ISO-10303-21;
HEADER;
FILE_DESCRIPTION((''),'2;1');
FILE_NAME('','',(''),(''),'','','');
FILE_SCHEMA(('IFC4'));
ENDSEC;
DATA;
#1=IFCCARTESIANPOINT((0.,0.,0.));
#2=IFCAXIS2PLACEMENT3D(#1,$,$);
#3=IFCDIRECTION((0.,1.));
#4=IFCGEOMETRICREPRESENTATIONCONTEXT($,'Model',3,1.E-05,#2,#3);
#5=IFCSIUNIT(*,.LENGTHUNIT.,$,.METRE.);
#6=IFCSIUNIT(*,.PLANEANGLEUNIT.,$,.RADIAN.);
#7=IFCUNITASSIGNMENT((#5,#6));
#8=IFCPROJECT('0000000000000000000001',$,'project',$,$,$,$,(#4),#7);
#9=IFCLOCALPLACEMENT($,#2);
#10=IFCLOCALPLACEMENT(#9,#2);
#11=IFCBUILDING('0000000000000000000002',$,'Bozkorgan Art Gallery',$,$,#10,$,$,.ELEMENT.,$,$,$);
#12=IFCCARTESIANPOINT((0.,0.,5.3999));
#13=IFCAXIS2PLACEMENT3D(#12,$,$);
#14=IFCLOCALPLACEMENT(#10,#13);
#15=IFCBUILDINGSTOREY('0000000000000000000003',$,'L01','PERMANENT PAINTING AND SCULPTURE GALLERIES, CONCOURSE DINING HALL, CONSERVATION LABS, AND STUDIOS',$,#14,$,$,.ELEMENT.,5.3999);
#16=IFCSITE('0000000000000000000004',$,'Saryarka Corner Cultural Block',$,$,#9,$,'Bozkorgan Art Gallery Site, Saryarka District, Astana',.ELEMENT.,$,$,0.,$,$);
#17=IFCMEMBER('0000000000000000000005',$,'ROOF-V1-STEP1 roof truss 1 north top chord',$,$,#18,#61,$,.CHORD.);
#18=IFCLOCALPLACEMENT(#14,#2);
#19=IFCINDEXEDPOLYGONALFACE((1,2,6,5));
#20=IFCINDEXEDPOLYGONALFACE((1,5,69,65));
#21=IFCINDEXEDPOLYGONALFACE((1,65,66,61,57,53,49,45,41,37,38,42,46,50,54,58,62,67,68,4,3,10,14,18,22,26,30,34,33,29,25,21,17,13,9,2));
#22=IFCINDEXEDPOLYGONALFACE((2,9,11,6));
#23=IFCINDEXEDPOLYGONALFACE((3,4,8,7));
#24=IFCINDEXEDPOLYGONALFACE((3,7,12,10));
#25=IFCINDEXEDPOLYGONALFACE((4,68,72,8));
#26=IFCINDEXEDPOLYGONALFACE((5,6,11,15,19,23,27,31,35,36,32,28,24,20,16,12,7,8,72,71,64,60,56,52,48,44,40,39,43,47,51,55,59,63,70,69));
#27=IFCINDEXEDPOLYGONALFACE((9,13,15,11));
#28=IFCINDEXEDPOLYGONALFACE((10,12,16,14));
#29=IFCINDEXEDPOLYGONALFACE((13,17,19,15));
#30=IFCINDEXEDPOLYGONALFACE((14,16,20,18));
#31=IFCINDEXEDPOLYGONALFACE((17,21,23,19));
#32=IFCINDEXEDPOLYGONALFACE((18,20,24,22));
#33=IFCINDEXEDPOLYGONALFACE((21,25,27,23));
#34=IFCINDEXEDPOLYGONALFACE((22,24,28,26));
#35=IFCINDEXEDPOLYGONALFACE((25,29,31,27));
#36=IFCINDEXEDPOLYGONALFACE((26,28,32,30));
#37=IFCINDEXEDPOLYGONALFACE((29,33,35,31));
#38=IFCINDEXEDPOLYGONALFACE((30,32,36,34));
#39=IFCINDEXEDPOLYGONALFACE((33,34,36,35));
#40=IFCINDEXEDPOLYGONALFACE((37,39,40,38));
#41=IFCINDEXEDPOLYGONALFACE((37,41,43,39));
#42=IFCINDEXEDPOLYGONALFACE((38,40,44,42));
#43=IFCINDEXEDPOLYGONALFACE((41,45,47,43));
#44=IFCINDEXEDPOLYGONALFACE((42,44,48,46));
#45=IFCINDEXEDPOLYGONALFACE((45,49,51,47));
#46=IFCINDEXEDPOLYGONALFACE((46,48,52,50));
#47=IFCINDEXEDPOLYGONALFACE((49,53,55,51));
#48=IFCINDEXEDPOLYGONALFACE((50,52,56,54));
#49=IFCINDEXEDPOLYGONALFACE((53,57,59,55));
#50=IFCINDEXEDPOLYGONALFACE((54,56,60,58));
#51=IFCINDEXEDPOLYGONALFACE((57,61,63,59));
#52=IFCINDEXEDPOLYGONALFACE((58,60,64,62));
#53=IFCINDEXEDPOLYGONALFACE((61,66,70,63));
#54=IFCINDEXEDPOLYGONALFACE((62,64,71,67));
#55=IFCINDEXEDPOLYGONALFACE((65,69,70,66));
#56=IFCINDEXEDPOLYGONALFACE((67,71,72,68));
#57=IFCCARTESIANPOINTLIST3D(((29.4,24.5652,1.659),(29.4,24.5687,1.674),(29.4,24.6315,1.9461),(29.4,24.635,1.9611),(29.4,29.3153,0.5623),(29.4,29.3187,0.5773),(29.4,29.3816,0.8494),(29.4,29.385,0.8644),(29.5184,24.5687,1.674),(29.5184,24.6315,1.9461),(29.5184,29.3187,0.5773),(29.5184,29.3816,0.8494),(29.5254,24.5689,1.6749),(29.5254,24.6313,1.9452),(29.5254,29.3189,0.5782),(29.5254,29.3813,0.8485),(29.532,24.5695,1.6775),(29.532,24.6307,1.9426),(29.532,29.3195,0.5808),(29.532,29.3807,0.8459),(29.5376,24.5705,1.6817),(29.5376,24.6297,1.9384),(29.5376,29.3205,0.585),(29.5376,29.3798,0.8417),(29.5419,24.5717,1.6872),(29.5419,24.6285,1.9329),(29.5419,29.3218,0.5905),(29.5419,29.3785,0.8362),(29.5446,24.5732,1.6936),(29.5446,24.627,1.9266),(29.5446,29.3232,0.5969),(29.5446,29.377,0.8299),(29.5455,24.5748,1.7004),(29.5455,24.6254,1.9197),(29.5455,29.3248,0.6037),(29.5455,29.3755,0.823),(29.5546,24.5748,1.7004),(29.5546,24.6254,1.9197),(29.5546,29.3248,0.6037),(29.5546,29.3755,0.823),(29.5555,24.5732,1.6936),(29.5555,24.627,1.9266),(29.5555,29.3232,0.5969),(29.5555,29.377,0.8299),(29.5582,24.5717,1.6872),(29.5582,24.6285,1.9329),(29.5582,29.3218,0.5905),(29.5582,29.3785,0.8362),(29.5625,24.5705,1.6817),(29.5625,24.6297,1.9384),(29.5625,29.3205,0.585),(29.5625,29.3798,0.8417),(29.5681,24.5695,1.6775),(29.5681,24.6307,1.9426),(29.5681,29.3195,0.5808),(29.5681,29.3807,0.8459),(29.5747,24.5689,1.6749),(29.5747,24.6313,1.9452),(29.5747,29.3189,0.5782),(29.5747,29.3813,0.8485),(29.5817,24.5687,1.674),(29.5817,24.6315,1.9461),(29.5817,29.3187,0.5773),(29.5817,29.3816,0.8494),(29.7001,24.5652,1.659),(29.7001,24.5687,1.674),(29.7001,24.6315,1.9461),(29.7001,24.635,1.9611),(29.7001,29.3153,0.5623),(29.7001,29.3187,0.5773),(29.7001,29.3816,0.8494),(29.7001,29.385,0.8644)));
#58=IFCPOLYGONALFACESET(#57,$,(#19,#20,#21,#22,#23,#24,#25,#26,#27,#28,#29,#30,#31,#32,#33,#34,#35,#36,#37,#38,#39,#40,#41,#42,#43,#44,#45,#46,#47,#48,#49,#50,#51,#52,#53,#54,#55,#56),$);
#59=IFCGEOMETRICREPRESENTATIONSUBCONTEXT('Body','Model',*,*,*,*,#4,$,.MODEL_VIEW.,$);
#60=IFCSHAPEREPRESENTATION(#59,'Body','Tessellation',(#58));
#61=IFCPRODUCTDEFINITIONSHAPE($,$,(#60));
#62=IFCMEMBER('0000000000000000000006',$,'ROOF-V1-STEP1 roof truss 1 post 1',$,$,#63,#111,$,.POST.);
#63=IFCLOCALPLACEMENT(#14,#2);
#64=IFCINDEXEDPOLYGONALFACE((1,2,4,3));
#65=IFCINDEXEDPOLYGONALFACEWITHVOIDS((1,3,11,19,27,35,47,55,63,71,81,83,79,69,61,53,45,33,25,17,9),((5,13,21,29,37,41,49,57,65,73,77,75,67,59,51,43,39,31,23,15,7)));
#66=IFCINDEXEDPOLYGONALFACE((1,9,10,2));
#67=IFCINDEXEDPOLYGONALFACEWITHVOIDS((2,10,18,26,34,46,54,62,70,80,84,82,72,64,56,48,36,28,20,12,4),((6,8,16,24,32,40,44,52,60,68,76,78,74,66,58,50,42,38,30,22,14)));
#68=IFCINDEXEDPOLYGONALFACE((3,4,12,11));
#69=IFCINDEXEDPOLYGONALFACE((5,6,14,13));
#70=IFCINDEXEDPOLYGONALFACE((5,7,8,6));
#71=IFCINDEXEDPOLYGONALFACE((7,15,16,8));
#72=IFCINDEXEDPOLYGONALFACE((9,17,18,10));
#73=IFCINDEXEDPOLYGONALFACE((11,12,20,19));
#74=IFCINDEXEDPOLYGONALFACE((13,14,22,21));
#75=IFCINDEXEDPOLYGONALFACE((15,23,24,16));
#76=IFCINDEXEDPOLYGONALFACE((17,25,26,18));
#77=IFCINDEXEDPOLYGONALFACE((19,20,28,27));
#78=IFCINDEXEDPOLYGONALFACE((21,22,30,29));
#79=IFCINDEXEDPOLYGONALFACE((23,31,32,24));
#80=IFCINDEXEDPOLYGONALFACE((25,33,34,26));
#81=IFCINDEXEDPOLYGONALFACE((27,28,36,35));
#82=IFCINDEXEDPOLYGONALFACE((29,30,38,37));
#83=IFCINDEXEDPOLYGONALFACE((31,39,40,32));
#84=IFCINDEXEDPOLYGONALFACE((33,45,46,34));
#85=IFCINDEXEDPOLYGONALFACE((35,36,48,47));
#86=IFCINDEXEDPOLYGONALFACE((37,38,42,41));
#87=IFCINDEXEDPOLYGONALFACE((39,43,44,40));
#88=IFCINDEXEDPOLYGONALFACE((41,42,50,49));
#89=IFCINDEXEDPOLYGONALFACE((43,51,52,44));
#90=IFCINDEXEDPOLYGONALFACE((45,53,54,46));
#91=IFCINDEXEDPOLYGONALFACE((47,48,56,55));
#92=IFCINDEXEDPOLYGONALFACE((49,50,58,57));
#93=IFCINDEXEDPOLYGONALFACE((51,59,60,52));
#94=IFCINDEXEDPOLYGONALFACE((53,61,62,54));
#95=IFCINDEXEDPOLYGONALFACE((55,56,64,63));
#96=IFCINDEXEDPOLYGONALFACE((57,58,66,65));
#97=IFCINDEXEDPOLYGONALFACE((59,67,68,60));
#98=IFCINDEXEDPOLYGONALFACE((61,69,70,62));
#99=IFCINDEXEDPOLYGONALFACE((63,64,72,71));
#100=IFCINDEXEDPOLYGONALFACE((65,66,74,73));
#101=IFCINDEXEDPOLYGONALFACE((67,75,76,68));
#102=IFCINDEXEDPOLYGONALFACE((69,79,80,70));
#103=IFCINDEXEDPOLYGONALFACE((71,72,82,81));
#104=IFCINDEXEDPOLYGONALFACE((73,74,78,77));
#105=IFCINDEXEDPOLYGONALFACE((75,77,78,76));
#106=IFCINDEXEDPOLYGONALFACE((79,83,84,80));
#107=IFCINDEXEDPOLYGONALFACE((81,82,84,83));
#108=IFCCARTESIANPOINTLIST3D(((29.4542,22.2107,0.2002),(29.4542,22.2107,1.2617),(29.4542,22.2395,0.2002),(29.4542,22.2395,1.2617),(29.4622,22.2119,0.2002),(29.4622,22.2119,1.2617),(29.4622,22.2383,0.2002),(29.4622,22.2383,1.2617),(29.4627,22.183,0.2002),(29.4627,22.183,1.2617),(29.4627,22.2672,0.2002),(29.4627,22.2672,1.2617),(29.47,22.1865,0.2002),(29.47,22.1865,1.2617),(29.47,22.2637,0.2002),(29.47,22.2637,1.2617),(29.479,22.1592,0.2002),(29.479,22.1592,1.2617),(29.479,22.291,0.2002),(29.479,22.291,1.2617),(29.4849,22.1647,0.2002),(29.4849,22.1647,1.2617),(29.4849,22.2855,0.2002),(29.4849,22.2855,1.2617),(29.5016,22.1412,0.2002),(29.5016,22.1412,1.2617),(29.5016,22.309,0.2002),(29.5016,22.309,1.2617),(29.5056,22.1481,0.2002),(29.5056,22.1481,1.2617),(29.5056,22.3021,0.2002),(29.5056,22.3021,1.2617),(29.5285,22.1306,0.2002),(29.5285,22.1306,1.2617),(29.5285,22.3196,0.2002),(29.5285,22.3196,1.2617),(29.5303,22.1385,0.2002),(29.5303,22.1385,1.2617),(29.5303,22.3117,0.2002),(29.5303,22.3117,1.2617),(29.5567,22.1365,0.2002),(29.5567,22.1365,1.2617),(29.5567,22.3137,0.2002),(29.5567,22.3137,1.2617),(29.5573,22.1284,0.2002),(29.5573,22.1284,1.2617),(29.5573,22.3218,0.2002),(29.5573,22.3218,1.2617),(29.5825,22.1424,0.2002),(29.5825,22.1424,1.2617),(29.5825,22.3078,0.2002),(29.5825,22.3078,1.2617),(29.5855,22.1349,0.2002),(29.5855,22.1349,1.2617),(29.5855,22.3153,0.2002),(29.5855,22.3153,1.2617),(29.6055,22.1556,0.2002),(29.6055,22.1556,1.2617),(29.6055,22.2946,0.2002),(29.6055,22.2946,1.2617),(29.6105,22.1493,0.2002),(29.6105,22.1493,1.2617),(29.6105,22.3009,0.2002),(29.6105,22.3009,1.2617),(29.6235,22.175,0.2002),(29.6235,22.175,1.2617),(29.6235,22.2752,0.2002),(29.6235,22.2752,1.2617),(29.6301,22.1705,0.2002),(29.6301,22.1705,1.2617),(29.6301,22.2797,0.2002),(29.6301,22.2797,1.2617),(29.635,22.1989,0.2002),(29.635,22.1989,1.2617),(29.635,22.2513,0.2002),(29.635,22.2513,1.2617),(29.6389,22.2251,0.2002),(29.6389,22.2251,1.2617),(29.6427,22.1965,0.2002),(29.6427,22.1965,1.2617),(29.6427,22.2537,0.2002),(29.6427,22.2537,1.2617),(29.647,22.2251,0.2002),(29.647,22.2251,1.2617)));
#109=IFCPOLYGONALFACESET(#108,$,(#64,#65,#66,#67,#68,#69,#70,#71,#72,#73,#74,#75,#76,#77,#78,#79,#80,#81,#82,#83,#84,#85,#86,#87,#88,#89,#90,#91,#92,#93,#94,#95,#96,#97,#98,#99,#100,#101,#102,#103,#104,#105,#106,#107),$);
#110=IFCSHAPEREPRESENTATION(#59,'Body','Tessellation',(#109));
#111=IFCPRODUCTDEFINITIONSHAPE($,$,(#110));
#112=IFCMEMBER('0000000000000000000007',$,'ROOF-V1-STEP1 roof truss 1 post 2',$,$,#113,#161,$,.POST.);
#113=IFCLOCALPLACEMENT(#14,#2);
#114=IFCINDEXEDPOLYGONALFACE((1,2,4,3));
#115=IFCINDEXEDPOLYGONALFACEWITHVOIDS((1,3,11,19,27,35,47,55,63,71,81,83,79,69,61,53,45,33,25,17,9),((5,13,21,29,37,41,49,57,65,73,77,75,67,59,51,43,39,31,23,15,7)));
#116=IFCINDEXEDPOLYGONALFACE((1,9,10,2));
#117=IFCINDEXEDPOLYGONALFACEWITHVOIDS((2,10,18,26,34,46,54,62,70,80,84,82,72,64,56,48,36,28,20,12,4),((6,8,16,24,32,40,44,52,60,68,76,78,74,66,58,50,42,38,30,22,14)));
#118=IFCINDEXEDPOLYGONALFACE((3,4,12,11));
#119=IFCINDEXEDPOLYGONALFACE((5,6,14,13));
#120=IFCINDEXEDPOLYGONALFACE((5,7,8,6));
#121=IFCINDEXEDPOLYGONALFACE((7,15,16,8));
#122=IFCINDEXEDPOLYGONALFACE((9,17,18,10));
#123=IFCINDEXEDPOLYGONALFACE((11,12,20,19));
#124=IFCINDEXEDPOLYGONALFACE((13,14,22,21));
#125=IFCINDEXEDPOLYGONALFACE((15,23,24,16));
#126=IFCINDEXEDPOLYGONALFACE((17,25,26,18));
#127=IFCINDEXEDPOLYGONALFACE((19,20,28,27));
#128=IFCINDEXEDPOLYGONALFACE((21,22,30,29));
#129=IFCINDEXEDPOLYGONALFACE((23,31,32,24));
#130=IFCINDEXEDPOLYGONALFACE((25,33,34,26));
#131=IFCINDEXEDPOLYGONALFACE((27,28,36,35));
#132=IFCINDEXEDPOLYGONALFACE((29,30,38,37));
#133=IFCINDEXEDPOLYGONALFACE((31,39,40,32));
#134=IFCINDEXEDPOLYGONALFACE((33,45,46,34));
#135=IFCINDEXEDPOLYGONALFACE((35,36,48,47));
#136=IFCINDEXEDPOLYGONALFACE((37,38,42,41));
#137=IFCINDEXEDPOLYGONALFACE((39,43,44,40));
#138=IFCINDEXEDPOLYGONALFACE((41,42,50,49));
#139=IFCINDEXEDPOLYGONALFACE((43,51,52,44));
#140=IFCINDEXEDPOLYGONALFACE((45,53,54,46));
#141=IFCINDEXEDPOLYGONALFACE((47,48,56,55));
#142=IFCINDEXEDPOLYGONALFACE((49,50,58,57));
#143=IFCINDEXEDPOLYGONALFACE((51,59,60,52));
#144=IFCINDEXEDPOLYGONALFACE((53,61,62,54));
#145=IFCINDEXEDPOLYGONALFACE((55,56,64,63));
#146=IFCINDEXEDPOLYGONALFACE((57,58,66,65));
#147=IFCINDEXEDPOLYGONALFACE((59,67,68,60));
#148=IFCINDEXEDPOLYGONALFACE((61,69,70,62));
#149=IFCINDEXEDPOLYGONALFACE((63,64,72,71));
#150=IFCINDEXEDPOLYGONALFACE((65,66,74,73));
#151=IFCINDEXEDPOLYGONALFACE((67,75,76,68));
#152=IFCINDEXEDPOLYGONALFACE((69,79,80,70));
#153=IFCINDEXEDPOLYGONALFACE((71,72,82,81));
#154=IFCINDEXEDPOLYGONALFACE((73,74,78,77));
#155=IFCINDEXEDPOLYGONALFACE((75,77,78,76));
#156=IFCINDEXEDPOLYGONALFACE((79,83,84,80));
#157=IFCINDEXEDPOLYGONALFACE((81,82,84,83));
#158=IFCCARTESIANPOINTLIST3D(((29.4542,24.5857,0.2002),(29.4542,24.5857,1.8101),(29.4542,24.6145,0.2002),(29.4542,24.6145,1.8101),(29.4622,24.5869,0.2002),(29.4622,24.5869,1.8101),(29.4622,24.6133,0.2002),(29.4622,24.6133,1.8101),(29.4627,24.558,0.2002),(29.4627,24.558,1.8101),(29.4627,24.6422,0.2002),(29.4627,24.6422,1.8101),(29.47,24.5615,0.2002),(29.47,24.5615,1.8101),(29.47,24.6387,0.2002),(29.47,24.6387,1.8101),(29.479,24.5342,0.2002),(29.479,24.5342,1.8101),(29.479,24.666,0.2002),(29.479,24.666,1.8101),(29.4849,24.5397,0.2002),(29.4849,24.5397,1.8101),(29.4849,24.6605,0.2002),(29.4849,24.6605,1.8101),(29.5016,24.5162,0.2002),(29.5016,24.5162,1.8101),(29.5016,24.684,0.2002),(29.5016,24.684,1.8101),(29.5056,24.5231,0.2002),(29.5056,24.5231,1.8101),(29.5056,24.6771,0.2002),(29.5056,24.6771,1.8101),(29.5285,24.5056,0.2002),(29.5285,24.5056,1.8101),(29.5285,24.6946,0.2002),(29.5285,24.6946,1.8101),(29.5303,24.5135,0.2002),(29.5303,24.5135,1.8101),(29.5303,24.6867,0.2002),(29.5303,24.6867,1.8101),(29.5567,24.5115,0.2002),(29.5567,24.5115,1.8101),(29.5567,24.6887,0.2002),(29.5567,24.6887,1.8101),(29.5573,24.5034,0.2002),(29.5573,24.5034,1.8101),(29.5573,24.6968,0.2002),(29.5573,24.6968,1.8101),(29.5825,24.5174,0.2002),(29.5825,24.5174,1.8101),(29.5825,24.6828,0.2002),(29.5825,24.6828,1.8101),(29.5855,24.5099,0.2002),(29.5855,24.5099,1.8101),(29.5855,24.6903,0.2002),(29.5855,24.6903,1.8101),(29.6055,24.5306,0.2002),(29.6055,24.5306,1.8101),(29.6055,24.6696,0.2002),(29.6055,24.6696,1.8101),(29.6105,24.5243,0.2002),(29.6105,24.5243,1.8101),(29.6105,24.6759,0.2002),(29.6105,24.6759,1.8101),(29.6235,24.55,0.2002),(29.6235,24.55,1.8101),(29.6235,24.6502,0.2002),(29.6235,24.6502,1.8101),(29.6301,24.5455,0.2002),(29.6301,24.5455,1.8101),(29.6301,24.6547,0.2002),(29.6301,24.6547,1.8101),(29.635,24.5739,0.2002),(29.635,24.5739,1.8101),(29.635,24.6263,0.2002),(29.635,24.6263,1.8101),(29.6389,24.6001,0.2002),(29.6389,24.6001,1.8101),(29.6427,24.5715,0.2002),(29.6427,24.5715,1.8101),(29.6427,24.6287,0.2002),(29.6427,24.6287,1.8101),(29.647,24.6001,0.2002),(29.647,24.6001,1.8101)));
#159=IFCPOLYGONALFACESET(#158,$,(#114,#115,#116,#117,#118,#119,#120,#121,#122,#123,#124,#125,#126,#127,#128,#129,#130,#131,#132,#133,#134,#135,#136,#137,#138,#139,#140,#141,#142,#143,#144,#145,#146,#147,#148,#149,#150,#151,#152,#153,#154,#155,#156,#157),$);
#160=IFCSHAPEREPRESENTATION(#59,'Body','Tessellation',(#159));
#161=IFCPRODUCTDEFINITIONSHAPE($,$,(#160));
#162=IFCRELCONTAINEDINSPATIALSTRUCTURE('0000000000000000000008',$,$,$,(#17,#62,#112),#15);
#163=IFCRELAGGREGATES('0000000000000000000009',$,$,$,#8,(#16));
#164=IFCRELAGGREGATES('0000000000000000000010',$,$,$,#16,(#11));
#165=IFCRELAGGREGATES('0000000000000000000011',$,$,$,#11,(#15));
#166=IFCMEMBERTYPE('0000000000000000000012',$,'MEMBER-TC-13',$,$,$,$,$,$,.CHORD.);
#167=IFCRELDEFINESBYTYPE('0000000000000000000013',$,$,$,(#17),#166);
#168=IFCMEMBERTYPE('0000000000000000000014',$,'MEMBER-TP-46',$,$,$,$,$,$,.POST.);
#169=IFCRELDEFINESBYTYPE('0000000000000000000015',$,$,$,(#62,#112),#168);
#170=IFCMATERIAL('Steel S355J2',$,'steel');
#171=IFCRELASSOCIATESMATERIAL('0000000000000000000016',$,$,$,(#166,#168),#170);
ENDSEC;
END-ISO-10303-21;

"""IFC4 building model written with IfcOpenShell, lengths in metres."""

from ifc_helpers import new_model, si_unit, direction, frame, origin, origin_2d, place, context, subcontext, project, spatial, hollow_circle, i_section, extrude, material, material_profile, profile_set, type_object, element, save


model = new_model("IFC4")

# Units and contexts
model_context = context("Model", 3, precision=1e-05, world=origin(), true_north=direction((0.0, 1.0)))
body_context = subcontext(model_context, "Body", "Model", "MODEL_VIEW")
ifc_project = project(units=[si_unit("LENGTHUNIT", "METRE"), si_unit("PLANEANGLEUNIT", "RADIAN")], contexts=[model_context])

# Site, building, storey
site_placement = place(None, origin())
site = spatial("IfcSite", under=ifc_project, at=site_placement, Name="Saryarka Corner Cultural Block", LongName="Bozkorgan Art Gallery Site, Saryarka District, Astana", CompositionType="ELEMENT", RefElevation=0.0)
building_placement = place(site_placement, origin())
building = spatial("IfcBuilding", under=site, at=building_placement, Name="Bozkorgan Art Gallery", CompositionType="ELEMENT")
storey_placement = place(building_placement, frame((0.0, 0.0, 5.3999)))
storey = spatial("IfcBuildingStorey", under=building, at=storey_placement, Name="L01", Description="PERMANENT PAINTING AND SCULPTURE GALLERIES, CONCOURSE DINING HALL, CONSERVATION LABS, AND STUDIOS", CompositionType="ELEMENT", Elevation=5.3999)

# Members
ifc_material_1 = material(Name="Steel S355J2", Category="steel")
ifc_material_profile_1 = material_profile(ifc_material_1, i_section(OverallWidth=0.3, OverallDepth=0.3101, WebThickness=0.009, FlangeThickness=0.0154, FilletRadius=0.0271, at=origin_2d()), Name="HEA 320")
ifc_profile_set_1 = profile_set([ifc_material_profile_1], Name="Steel S355J2")
member_type_1 = type_object("IfcMemberType", Name="MEMBER-TC-13", PredefinedType="CHORD", material=ifc_profile_set_1)
member_1_placement = place(storey_placement, frame((29.55, 24.6001, 1.8101), z_axis=(0.0, 0.974368, -0.224962), x_axis=(-1.0, 0.0, 0.0)))
element("IfcMember", 1, at=member_1_placement, inside=storey, type_object=member_type_1, Name="ROOF-V1-STEP1 roof truss 1 north top chord", PredefinedType="CHORD", context=body_context, shape_type="SweptSolid", body=[
    extrude(i_section(OverallWidth=0.3, OverallDepth=0.3101, WebThickness=0.009, FlangeThickness=0.0154, FilletRadius=0.0271, at=origin_2d()), origin(), (0.0, 0.0, 1.0), 4.875),
])
ifc_material_profile_2 = material_profile(ifc_material_1, hollow_circle(Radius=0.0969, WallThickness=0.0081, at=origin_2d()), Name="CHS 193.7x8")
ifc_profile_set_2 = profile_set([ifc_material_profile_2], Name="Steel S355J2")
member_type_2 = type_object("IfcMemberType", Name="MEMBER-TP-46", PredefinedType="POST", material=ifc_profile_set_2)
member_2_placement = place(storey_placement, frame((29.55, 22.2251, 0.2002), z_axis=(0.0, 0.0, 1.0), x_axis=(1.0, 0.0, 0.0)))
element("IfcMember", 2, at=member_2_placement, inside=storey, type_object=member_type_2, Name="ROOF-V1-STEP1 roof truss 1 post 1", PredefinedType="POST", context=body_context, shape_type="SweptSolid", body=[
    extrude(hollow_circle(Radius=0.0969, WallThickness=0.0081, at=origin_2d()), origin(), (0.0, 0.0, 1.0), 1.0615),
])
member_3_placement = place(storey_placement, frame((29.55, 24.6001, 0.2002), z_axis=(0.0, 0.0, 1.0), x_axis=(1.0, 0.0, 0.0)))
element("IfcMember", 3, at=member_3_placement, inside=storey, type_object=member_type_2, Name="ROOF-V1-STEP1 roof truss 1 post 2", PredefinedType="POST", context=body_context, shape_type="SweptSolid", body=[
    extrude(hollow_circle(Radius=0.0969, WallThickness=0.0081, at=origin_2d()), origin(), (0.0, 0.0, 1.0), 1.6099),
])

save(model, "model.ifc")
